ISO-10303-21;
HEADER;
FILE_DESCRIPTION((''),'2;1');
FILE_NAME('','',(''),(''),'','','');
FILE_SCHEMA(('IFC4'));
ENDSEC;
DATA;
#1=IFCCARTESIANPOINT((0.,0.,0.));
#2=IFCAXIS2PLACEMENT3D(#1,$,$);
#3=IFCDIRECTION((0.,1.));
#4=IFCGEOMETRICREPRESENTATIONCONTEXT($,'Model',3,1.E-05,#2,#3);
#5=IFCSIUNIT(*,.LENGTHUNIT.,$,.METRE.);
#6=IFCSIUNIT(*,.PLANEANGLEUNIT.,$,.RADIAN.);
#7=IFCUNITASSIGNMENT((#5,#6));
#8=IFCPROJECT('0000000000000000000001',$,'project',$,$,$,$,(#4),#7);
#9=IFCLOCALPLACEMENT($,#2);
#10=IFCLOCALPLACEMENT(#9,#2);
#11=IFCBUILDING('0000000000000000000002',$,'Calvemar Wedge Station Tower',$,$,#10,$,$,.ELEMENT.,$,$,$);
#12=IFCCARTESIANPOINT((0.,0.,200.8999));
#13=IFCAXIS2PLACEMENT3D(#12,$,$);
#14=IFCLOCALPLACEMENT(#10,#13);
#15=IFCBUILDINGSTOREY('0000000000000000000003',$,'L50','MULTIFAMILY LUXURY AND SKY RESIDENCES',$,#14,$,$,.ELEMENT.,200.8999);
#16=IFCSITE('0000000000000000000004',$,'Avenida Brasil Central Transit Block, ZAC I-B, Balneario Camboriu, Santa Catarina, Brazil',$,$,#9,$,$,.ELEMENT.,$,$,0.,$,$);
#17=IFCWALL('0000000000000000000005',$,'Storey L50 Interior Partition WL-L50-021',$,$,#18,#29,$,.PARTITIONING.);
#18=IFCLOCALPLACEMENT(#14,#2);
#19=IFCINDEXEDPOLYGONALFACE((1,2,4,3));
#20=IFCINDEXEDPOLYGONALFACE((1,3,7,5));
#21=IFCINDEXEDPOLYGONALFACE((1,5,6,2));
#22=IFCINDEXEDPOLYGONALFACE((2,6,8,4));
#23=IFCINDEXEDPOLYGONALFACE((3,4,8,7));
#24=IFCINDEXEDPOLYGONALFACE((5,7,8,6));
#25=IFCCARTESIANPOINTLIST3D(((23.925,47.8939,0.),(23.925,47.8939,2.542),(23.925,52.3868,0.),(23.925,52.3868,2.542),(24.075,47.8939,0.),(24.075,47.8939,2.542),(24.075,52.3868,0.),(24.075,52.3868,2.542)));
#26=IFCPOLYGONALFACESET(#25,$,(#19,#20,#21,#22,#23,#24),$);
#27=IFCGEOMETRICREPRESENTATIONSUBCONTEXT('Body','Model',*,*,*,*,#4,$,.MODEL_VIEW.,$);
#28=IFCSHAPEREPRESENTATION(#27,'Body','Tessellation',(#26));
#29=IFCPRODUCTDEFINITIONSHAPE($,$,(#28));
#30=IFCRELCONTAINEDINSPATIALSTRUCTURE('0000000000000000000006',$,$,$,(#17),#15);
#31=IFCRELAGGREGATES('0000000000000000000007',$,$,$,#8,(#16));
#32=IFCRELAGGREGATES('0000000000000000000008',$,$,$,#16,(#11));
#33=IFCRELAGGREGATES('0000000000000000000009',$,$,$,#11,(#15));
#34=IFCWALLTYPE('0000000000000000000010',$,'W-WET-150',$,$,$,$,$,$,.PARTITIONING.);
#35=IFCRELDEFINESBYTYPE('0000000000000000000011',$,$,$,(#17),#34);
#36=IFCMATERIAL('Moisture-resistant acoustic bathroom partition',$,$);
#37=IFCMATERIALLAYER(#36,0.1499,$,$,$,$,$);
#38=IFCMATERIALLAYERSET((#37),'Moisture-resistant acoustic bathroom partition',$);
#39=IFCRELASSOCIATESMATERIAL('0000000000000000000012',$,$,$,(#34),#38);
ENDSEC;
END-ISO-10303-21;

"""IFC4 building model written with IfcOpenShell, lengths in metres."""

from ifc_helpers import new_model, si_unit, direction, frame, frame_2d, origin, place, context, subcontext, project, spatial, rectangle, extrude, material, layer, layer_set, type_object, element, save


model = new_model("IFC4")

# Units and contexts
model_context = context("Model", 3, precision=1e-05, world=origin(), true_north=direction((0.0, 1.0)))
body_context = subcontext(model_context, "Body", "Model", "MODEL_VIEW")
ifc_project = project(units=[si_unit("LENGTHUNIT", "METRE"), si_unit("PLANEANGLEUNIT", "RADIAN")], contexts=[model_context])

# Site, building, storey
site_placement = place(None, origin())
site = spatial("IfcSite", under=ifc_project, at=site_placement, Name="Avenida Brasil Central Transit Block, ZAC I-B, Balneario Camboriu, Santa Catarina, Brazil", CompositionType="ELEMENT", RefElevation=0.0)
building_placement = place(site_placement, origin())
building = spatial("IfcBuilding", under=site, at=building_placement, Name="Calvemar Wedge Station Tower", CompositionType="ELEMENT")
storey_placement = place(building_placement, frame((0.0, 0.0, 200.8999)))
storey = spatial("IfcBuildingStorey", under=building, at=storey_placement, Name="L50", Description="MULTIFAMILY LUXURY AND SKY RESIDENCES", CompositionType="ELEMENT", Elevation=200.8999)

# Wall
ifc_material_1 = material(Name="Moisture-resistant acoustic bathroom partition")
ifc_layer_1 = layer(ifc_material_1, 0.1499)
ifc_layer_set_1 = layer_set([ifc_layer_1], Name="Moisture-resistant acoustic bathroom partition")
wall_type_1 = type_object("IfcWallType", Name="W-WET-150", PredefinedType="PARTITIONING", material=ifc_layer_set_1)
wall_1_placement = place(storey_placement, frame((24.0, 52.387, 0.0), z_axis=(0.0, 0.0, 1.0), x_axis=(0.0, -1.0, 0.0)))
element("IfcWall", 1, at=wall_1_placement, inside=storey, type_object=wall_type_1, Name="Storey L50 Interior Partition WL-L50-021", PredefinedType="PARTITIONING", context=body_context, shape_type="SweptSolid", body=[
    extrude(rectangle(XDim=4.4929, YDim=0.1499, at=frame_2d((2.2466, 0.0))), origin(), (0.0, 0.0, 1.0), 2.542),
])

save(model, "model.ifc")
